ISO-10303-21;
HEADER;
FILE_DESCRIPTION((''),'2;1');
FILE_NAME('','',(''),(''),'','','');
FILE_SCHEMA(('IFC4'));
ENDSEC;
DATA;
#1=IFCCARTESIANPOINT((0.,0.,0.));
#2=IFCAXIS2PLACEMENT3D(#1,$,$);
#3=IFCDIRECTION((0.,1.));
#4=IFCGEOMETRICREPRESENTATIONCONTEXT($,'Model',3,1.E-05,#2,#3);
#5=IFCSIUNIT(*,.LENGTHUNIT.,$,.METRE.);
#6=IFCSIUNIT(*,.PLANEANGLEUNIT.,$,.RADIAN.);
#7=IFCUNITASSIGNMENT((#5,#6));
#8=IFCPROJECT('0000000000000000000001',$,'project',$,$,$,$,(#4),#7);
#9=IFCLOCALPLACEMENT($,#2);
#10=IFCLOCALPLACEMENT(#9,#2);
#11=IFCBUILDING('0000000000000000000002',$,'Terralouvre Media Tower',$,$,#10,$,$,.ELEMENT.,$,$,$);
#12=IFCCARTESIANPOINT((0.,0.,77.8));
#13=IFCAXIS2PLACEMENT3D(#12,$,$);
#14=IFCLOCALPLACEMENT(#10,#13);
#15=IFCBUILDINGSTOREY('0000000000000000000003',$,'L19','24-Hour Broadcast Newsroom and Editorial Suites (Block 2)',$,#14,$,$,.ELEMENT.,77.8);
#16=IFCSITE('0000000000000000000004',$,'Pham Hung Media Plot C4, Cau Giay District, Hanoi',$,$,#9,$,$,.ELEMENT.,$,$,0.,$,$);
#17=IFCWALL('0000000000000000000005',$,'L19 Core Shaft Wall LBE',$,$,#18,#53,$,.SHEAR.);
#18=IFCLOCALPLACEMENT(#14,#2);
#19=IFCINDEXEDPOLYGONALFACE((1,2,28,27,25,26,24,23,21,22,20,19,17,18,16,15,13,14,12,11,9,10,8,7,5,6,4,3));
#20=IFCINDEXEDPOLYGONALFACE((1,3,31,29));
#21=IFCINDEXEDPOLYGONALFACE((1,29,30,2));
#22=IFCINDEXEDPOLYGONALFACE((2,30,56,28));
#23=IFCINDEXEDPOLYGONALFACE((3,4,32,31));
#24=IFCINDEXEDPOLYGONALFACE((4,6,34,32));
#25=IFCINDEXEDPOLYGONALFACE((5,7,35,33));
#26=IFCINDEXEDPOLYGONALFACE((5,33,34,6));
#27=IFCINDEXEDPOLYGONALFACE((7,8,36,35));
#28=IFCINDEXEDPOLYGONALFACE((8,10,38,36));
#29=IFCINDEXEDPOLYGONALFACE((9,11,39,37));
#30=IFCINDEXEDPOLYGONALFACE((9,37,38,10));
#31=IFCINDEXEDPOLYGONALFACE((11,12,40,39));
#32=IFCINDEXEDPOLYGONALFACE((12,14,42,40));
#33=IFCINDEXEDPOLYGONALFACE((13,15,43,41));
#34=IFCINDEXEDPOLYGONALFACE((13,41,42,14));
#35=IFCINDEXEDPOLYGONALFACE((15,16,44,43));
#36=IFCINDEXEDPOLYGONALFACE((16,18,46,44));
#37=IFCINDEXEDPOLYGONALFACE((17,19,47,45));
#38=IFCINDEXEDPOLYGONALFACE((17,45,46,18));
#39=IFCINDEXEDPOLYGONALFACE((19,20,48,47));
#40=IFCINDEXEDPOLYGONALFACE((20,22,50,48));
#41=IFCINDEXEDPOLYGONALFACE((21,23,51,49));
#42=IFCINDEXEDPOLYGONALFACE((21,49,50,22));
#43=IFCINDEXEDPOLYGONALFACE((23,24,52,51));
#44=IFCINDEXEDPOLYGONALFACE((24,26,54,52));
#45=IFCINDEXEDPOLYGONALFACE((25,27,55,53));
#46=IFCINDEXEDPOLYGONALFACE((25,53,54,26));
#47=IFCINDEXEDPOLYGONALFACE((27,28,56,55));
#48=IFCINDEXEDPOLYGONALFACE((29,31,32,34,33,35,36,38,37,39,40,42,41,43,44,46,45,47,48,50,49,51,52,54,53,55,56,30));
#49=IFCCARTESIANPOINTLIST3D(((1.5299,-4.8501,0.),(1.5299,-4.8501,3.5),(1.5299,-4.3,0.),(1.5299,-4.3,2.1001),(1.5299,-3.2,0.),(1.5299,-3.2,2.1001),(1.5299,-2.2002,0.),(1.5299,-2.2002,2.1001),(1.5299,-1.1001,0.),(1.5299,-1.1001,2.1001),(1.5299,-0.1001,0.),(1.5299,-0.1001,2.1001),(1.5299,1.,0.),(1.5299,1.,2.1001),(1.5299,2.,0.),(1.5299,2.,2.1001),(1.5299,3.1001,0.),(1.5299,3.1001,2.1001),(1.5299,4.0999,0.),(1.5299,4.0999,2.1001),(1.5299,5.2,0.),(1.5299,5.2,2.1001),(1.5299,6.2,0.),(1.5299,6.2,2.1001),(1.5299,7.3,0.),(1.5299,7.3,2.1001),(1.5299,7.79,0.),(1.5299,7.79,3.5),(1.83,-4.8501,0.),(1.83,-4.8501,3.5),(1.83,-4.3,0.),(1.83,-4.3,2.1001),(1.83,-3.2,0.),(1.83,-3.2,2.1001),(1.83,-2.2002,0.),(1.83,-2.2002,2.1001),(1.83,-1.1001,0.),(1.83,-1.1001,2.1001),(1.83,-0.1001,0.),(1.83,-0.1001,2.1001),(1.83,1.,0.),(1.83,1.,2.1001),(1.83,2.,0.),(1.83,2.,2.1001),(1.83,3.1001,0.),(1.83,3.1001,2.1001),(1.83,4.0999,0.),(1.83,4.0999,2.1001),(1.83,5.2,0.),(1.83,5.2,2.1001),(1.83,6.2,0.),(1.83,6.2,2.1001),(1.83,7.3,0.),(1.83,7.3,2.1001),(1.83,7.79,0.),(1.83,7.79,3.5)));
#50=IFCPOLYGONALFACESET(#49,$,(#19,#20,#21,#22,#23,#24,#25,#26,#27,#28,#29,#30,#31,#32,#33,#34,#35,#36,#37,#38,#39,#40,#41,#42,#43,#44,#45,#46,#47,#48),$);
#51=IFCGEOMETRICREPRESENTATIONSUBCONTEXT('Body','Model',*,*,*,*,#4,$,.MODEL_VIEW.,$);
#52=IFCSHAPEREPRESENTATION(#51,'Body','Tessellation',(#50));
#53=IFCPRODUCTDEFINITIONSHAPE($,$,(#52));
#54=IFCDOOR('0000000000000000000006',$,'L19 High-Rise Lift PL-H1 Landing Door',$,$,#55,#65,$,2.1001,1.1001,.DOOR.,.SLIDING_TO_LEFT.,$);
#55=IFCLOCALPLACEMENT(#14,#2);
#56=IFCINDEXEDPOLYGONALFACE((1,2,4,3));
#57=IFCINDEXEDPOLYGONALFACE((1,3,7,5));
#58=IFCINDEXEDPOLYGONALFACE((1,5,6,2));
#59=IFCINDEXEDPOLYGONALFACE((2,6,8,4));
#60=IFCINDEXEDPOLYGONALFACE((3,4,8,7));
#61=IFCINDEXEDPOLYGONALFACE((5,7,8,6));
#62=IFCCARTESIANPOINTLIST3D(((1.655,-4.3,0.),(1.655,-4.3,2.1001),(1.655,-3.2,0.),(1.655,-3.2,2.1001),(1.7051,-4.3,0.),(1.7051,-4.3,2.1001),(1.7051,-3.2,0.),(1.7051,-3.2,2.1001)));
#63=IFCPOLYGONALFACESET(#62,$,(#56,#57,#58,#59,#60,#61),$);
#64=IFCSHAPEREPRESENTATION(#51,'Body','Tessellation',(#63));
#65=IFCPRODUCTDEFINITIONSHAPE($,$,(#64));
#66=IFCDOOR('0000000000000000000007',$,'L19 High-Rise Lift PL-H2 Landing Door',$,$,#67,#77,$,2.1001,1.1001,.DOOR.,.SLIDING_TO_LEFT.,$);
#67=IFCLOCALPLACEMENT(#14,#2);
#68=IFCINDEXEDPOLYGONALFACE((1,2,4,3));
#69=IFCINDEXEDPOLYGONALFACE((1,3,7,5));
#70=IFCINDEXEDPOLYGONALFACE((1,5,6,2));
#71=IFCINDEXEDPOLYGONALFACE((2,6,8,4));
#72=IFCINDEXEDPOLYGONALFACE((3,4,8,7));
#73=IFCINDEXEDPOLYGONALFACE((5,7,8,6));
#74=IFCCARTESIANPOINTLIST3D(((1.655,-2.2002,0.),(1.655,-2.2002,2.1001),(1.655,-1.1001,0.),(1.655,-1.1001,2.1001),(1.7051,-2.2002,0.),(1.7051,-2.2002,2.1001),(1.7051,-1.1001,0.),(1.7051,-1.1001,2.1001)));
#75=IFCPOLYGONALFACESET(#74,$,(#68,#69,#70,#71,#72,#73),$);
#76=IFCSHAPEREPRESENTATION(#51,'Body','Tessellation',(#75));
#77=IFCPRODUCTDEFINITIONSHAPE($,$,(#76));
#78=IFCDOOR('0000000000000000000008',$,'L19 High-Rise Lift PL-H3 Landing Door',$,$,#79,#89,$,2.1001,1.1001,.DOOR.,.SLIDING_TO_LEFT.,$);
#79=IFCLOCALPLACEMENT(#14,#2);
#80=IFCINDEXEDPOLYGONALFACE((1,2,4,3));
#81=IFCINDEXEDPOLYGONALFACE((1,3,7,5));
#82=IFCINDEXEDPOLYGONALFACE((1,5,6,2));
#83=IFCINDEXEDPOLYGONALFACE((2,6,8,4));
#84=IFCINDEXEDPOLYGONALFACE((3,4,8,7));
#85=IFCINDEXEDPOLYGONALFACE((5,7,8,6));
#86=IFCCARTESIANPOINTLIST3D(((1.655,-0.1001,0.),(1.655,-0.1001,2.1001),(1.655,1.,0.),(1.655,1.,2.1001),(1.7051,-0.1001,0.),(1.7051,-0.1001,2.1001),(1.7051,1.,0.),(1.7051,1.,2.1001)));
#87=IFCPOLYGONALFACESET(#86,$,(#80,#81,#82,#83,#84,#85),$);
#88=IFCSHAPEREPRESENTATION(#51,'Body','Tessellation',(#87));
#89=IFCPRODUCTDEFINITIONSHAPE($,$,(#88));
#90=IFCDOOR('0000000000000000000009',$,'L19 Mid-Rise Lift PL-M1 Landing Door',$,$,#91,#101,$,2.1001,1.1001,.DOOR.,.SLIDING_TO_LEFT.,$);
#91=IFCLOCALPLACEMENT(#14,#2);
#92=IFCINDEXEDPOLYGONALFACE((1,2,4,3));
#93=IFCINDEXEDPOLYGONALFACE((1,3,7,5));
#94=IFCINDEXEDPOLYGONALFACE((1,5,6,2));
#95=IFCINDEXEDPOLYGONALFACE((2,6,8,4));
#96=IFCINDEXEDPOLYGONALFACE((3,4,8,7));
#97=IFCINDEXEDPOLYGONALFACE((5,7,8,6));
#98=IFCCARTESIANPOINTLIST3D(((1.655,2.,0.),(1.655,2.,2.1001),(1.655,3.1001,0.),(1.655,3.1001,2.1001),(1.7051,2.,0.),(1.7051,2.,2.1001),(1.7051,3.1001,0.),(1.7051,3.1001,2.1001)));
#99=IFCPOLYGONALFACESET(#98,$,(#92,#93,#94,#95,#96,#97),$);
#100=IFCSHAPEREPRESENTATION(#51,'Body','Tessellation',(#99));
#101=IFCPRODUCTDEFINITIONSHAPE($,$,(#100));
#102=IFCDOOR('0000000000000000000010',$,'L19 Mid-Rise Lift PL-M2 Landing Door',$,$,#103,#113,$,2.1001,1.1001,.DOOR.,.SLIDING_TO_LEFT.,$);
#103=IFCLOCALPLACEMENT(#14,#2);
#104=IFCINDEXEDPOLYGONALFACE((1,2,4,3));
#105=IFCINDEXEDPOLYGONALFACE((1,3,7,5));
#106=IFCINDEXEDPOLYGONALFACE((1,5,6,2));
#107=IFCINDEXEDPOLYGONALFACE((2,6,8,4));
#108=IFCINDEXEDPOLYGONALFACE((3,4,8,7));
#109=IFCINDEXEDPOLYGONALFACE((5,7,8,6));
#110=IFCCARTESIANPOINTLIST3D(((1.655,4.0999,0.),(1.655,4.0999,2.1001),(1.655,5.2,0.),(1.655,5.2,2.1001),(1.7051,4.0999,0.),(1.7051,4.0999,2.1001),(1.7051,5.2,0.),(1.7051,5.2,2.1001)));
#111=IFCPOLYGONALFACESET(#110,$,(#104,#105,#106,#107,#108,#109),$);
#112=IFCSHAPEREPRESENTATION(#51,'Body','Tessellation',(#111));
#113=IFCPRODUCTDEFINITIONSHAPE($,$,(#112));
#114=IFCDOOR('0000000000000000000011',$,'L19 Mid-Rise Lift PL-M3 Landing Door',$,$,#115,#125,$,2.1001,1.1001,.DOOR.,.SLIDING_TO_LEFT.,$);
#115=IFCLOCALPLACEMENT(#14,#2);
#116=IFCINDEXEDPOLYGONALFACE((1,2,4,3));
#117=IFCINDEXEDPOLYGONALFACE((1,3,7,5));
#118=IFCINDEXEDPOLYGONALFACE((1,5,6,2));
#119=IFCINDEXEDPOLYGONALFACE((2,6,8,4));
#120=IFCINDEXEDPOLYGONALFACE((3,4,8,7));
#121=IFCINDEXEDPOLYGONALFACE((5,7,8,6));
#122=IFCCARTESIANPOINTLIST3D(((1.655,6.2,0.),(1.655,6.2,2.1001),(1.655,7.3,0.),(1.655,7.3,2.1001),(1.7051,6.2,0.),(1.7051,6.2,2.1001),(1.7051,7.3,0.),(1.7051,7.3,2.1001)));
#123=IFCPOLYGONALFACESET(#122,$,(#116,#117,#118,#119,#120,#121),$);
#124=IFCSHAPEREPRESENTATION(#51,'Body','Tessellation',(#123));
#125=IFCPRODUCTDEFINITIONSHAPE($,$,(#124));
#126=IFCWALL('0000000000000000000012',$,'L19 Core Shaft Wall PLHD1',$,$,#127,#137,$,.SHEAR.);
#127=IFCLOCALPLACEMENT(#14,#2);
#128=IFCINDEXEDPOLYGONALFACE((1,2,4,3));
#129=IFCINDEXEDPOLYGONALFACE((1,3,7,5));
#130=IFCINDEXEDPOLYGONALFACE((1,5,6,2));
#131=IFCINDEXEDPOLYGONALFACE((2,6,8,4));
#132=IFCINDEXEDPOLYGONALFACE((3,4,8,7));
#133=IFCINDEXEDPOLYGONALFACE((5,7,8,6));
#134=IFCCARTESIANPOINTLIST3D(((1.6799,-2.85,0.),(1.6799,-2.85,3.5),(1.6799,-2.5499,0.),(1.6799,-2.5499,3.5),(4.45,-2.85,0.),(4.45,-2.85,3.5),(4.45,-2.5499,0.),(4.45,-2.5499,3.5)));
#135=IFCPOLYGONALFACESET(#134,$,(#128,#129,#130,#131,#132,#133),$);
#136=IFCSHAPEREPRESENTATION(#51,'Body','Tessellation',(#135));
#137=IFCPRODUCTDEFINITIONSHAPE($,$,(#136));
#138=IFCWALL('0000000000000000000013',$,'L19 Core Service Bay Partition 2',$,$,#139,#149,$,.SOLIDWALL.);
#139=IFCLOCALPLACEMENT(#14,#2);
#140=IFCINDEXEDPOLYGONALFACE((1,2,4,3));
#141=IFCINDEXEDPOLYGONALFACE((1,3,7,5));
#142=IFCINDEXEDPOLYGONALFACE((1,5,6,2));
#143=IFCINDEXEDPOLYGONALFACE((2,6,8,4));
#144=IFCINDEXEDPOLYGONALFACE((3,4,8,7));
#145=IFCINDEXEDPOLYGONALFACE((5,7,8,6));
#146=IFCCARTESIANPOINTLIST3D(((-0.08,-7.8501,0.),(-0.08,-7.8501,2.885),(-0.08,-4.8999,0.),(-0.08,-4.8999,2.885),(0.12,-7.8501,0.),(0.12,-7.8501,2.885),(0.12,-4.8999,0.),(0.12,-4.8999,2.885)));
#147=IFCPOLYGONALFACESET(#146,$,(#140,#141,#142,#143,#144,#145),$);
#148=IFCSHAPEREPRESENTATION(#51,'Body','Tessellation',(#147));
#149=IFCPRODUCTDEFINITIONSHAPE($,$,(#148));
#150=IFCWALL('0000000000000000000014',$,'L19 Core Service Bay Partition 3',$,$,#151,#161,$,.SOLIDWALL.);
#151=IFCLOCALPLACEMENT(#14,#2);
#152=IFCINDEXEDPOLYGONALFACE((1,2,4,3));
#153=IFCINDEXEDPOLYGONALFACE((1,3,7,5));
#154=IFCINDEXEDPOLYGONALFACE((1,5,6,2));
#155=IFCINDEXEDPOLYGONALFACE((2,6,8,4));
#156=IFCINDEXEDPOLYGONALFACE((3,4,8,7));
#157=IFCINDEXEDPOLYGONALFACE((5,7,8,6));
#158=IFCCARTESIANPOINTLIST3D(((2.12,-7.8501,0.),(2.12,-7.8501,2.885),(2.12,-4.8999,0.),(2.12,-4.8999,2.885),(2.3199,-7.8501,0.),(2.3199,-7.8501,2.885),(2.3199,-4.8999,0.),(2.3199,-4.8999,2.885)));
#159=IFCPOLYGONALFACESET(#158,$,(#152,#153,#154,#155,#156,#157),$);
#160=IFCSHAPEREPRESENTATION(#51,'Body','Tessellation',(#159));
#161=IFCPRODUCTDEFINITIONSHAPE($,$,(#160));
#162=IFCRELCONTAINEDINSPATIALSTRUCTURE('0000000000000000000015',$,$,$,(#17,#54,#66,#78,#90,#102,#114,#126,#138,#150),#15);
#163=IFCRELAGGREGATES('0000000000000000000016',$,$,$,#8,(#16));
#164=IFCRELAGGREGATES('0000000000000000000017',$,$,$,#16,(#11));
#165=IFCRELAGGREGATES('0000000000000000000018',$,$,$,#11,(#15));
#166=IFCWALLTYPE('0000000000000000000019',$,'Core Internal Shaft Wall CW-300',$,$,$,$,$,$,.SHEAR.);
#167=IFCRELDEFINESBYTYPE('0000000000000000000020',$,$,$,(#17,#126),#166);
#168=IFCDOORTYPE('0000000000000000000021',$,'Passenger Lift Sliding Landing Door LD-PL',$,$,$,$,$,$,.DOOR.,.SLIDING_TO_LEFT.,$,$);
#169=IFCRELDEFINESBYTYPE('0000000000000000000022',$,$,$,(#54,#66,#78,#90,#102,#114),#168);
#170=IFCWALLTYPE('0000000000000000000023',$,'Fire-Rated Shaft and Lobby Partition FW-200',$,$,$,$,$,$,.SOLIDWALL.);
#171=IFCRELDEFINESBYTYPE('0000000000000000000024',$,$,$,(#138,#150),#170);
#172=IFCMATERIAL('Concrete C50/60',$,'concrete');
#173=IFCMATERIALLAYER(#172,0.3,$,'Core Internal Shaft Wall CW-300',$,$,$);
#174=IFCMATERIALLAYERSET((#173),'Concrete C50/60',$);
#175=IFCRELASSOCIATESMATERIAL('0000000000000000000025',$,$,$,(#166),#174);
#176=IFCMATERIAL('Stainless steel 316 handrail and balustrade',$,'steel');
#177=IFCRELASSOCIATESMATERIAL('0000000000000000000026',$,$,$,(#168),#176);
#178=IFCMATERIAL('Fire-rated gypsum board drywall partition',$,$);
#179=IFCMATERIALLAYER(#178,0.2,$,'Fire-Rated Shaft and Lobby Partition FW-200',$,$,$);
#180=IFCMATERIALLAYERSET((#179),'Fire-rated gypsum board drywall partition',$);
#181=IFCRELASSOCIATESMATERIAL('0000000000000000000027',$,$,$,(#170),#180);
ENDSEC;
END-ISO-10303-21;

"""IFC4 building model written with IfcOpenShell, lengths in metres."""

from ifc_helpers import new_model, si_unit, direction, frame, frame_2d, origin, place, context, subcontext, project, spatial, rectangle, extrude, material, layer, layer_set, type_object, element, fill, save


model = new_model("IFC4")

# Units and contexts
model_context = context("Model", 3, precision=1e-05, world=origin(), true_north=direction((0.0, 1.0)))
body_context = subcontext(model_context, "Body", "Model", "MODEL_VIEW")
ifc_project = project(units=[si_unit("LENGTHUNIT", "METRE"), si_unit("PLANEANGLEUNIT", "RADIAN")], contexts=[model_context])

# Site, building, storey
site_placement = place(None, origin())
site = spatial("IfcSite", under=ifc_project, at=site_placement, Name="Pham Hung Media Plot C4, Cau Giay District, Hanoi", CompositionType="ELEMENT", RefElevation=0.0)
building_placement = place(site_placement, origin())
building = spatial("IfcBuilding", under=site, at=building_placement, Name="Terralouvre Media Tower", CompositionType="ELEMENT")
storey_placement = place(building_placement, frame((0.0, 0.0, 77.8)))
storey = spatial("IfcBuildingStorey", under=building, at=storey_placement, Name="L19", Description="24-Hour Broadcast Newsroom and Editorial Suites (Block 2)", CompositionType="ELEMENT", Elevation=77.8)

# Shared definitions
ifc_material_1 = material(Name="Concrete C50/60", Category="concrete")
ifc_layer_1 = layer(ifc_material_1, 0.3, Name="Core Internal Shaft Wall CW-300")
ifc_layer_set_1 = layer_set([ifc_layer_1], Name="Concrete C50/60")
wall_type_1 = type_object("IfcWallType", Name="Core Internal Shaft Wall CW-300", PredefinedType="SHEAR", material=ifc_layer_set_1)

# Wall, openings, doors
wall_1_placement = place(storey_placement, frame((1.6799, -4.8501, 0.0), z_axis=(0.0, 0.0, 1.0), x_axis=(0.0, 1.0, 0.0)))
wall_1 = element("IfcWall", 1, at=wall_1_placement, inside=storey, type_object=wall_type_1, Name="L19 Core Shaft Wall LBE", PredefinedType="SHEAR", context=body_context, shape_type="SweptSolid", body=[
    extrude(rectangle(XDim=12.6401, YDim=0.3, at=frame_2d((6.3201, 0.0))), origin(), (0.0, 0.0, 1.0), 3.5),
])
opening_1_placement = place(wall_1_placement, frame((0.55, 0.0, 0.0)))
opening_1 = element("IfcOpeningElement", 2, at=opening_1_placement, cuts=wall_1, PredefinedType="OPENING", context=body_context, shape_type="SweptSolid", body=[
    extrude(rectangle(XDim=1.1001, YDim=2.1001, at=frame_2d((0.55, 1.05))), frame((0.0, 0.1599, 0.0), z_axis=(0.0, -1.0, 0.0), x_axis=(1.0, 0.0, 0.0)), (0.0, 0.0, 1.0), 0.3201),
])
opening_2_placement = place(wall_1_placement, frame((2.6499, 0.0, 0.0)))
opening_2 = element("IfcOpeningElement", 3, at=opening_2_placement, cuts=wall_1, PredefinedType="OPENING", context=body_context, shape_type="SweptSolid", body=[
    extrude(rectangle(XDim=1.1001, YDim=2.1001, at=frame_2d((0.55, 1.05))), frame((0.0, 0.1599, 0.0), z_axis=(0.0, -1.0, 0.0), x_axis=(1.0, 0.0, 0.0)), (0.0, 0.0, 1.0), 0.3201),
])
opening_3_placement = place(wall_1_placement, frame((4.75, 0.0, 0.0)))
opening_3 = element("IfcOpeningElement", 4, at=opening_3_placement, cuts=wall_1, PredefinedType="OPENING", context=body_context, shape_type="SweptSolid", body=[
    extrude(rectangle(XDim=1.1001, YDim=2.1001, at=frame_2d((0.55, 1.05))), frame((0.0, 0.1599, 0.0), z_axis=(0.0, -1.0, 0.0), x_axis=(1.0, 0.0, 0.0)), (0.0, 0.0, 1.0), 0.3201),
])
opening_4_placement = place(wall_1_placement, frame((6.8501, 0.0, 0.0)))
opening_4 = element("IfcOpeningElement", 5, at=opening_4_placement, cuts=wall_1, PredefinedType="OPENING", context=body_context, shape_type="SweptSolid", body=[
    extrude(rectangle(XDim=1.1001, YDim=2.1001, at=frame_2d((0.55, 1.05))), frame((0.0, 0.1599, 0.0), z_axis=(0.0, -1.0, 0.0), x_axis=(1.0, 0.0, 0.0)), (0.0, 0.0, 1.0), 0.3201),
])
opening_5_placement = place(wall_1_placement, frame((8.95, 0.0, 0.0)))
opening_5 = element("IfcOpeningElement", 6, at=opening_5_placement, cuts=wall_1, PredefinedType="OPENING", context=body_context, shape_type="SweptSolid", body=[
    extrude(rectangle(XDim=1.1001, YDim=2.1001, at=frame_2d((0.55, 1.05))), frame((0.0, 0.1599, 0.0), z_axis=(0.0, -1.0, 0.0), x_axis=(1.0, 0.0, 0.0)), (0.0, 0.0, 1.0), 0.3201),
])
opening_6_placement = place(wall_1_placement, frame((11.05, 0.0, 0.0)))
opening_6 = element("IfcOpeningElement", 7, at=opening_6_placement, cuts=wall_1, PredefinedType="OPENING", context=body_context, shape_type="SweptSolid", body=[
    extrude(rectangle(XDim=1.1001, YDim=2.1001, at=frame_2d((0.55, 1.05))), frame((0.0, 0.1599, 0.0), z_axis=(0.0, -1.0, 0.0), x_axis=(1.0, 0.0, 0.0)), (0.0, 0.0, 1.0), 0.3201),
])
ifc_material_2 = material(Name="Stainless steel 316 handrail and balustrade", Category="steel")
door_type_1 = type_object("IfcDoorType", Name="Passenger Lift Sliding Landing Door LD-PL", OperationType="SLIDING_TO_LEFT", PredefinedType="DOOR", material=ifc_material_2)
door_1_placement = place(opening_1_placement, origin())
door_1 = element("IfcDoor", 8, at=door_1_placement, inside=storey, type_object=door_type_1, Name="L19 High-Rise Lift PL-H1 Landing Door", OperationType="SLIDING_TO_LEFT", OverallHeight=2.1001, OverallWidth=1.1001, PredefinedType="DOOR", context=body_context, shape_type="SweptSolid", body=[
    extrude(rectangle(XDim=1.1001, YDim=2.1001, at=frame_2d((0.55, 1.05))), frame((0.0, 0.0249, 0.0), z_axis=(0.0, -1.0, 0.0), x_axis=(1.0, 0.0, 0.0)), (0.0, 0.0, 1.0), 0.05),
])
fill(opening_1, door_1)
door_2_placement = place(opening_2_placement, origin())
door_2 = element("IfcDoor", 9, at=door_2_placement, inside=storey, type_object=door_type_1, Name="L19 High-Rise Lift PL-H2 Landing Door", OperationType="SLIDING_TO_LEFT", OverallHeight=2.1001, OverallWidth=1.1001, PredefinedType="DOOR", context=body_context, shape_type="SweptSolid", body=[
    extrude(rectangle(XDim=1.1001, YDim=2.1001, at=frame_2d((0.55, 1.05))), frame((0.0, 0.0249, 0.0), z_axis=(0.0, -1.0, 0.0), x_axis=(1.0, 0.0, 0.0)), (0.0, 0.0, 1.0), 0.05),
])
fill(opening_2, door_2)
door_3_placement = place(opening_3_placement, origin())
door_3 = element("IfcDoor", 10, at=door_3_placement, inside=storey, type_object=door_type_1, Name="L19 High-Rise Lift PL-H3 Landing Door", OperationType="SLIDING_TO_LEFT", OverallHeight=2.1001, OverallWidth=1.1001, PredefinedType="DOOR", context=body_context, shape_type="SweptSolid", body=[
    extrude(rectangle(XDim=1.1001, YDim=2.1001, at=frame_2d((0.55, 1.05))), frame((0.0, 0.0249, 0.0), z_axis=(0.0, -1.0, 0.0), x_axis=(1.0, 0.0, 0.0)), (0.0, 0.0, 1.0), 0.05),
])
fill(opening_3, door_3)
door_4_placement = place(opening_4_placement, origin())
door_4 = element("IfcDoor", 11, at=door_4_placement, inside=storey, type_object=door_type_1, Name="L19 Mid-Rise Lift PL-M1 Landing Door", OperationType="SLIDING_TO_LEFT", OverallHeight=2.1001, OverallWidth=1.1001, PredefinedType="DOOR", context=body_context, shape_type="SweptSolid", body=[
    extrude(rectangle(XDim=1.1001, YDim=2.1001, at=frame_2d((0.55, 1.05))), frame((0.0, 0.0249, 0.0), z_axis=(0.0, -1.0, 0.0), x_axis=(1.0, 0.0, 0.0)), (0.0, 0.0, 1.0), 0.05),
])
fill(opening_4, door_4)
door_5_placement = place(opening_5_placement, origin())
door_5 = element("IfcDoor", 12, at=door_5_placement, inside=storey, type_object=door_type_1, Name="L19 Mid-Rise Lift PL-M2 Landing Door", OperationType="SLIDING_TO_LEFT", OverallHeight=2.1001, OverallWidth=1.1001, PredefinedType="DOOR", context=body_context, shape_type="SweptSolid", body=[
    extrude(rectangle(XDim=1.1001, YDim=2.1001, at=frame_2d((0.55, 1.05))), frame((0.0, 0.0249, 0.0), z_axis=(0.0, -1.0, 0.0), x_axis=(1.0, 0.0, 0.0)), (0.0, 0.0, 1.0), 0.05),
])
fill(opening_5, door_5)
door_6_placement = place(opening_6_placement, origin())
door_6 = element("IfcDoor", 13, at=door_6_placement, inside=storey, type_object=door_type_1, Name="L19 Mid-Rise Lift PL-M3 Landing Door", OperationType="SLIDING_TO_LEFT", OverallHeight=2.1001, OverallWidth=1.1001, PredefinedType="DOOR", context=body_context, shape_type="SweptSolid", body=[
    extrude(rectangle(XDim=1.1001, YDim=2.1001, at=frame_2d((0.55, 1.05))), frame((0.0, 0.0249, 0.0), z_axis=(0.0, -1.0, 0.0), x_axis=(1.0, 0.0, 0.0)), (0.0, 0.0, 1.0), 0.05),
])
fill(opening_6, door_6)

# Walls
wall_2_placement = place(storey_placement, frame((1.6799, -2.7, 0.0), z_axis=(0.0, 0.0, 1.0), x_axis=(1.0, 0.0, 0.0)))
element("IfcWall", 14, at=wall_2_placement, inside=storey, type_object=wall_type_1, Name="L19 Core Shaft Wall PLHD1", PredefinedType="SHEAR", context=body_context, shape_type="SweptSolid", body=[
    extrude(rectangle(XDim=2.77, YDim=0.3, at=frame_2d((1.385, 0.0))), origin(), (0.0, 0.0, 1.0), 3.5),
])
ifc_material_3 = material(Name="Fire-rated gypsum board drywall partition")
ifc_layer_2 = layer(ifc_material_3, 0.2, Name="Fire-Rated Shaft and Lobby Partition FW-200")
ifc_layer_set_2 = layer_set([ifc_layer_2], Name="Fire-rated gypsum board drywall partition")
wall_type_2 = type_object("IfcWallType", Name="Fire-Rated Shaft and Lobby Partition FW-200", PredefinedType="SOLIDWALL", material=ifc_layer_set_2)
for number, where, z_axis, x_axis, name in (
    (15, (0.02, -7.8501, 0.0), (0.0, 0.0, 1.0), (0.0, 1.0, 0.0), "L19 Core Service Bay Partition 2"),
    (16, (2.22, -7.8501, 0.0), (0.0, 0.0, 1.0), (0.0, 1.0, 0.0), "L19 Core Service Bay Partition 3"),
):
    element("IfcWall", number, at=place(storey_placement, frame(where, z_axis=z_axis, x_axis=x_axis)), inside=storey, type_object=wall_type_2, Name=name, PredefinedType="SOLIDWALL", context=body_context, shape_type="SweptSolid", body=[
        extrude(rectangle(XDim=2.9502, YDim=0.2, at=frame_2d((1.4751, 0.0))), origin(), (0.0, 0.0, 1.0), 2.885),
    ])

save(model, "model.ifc")
